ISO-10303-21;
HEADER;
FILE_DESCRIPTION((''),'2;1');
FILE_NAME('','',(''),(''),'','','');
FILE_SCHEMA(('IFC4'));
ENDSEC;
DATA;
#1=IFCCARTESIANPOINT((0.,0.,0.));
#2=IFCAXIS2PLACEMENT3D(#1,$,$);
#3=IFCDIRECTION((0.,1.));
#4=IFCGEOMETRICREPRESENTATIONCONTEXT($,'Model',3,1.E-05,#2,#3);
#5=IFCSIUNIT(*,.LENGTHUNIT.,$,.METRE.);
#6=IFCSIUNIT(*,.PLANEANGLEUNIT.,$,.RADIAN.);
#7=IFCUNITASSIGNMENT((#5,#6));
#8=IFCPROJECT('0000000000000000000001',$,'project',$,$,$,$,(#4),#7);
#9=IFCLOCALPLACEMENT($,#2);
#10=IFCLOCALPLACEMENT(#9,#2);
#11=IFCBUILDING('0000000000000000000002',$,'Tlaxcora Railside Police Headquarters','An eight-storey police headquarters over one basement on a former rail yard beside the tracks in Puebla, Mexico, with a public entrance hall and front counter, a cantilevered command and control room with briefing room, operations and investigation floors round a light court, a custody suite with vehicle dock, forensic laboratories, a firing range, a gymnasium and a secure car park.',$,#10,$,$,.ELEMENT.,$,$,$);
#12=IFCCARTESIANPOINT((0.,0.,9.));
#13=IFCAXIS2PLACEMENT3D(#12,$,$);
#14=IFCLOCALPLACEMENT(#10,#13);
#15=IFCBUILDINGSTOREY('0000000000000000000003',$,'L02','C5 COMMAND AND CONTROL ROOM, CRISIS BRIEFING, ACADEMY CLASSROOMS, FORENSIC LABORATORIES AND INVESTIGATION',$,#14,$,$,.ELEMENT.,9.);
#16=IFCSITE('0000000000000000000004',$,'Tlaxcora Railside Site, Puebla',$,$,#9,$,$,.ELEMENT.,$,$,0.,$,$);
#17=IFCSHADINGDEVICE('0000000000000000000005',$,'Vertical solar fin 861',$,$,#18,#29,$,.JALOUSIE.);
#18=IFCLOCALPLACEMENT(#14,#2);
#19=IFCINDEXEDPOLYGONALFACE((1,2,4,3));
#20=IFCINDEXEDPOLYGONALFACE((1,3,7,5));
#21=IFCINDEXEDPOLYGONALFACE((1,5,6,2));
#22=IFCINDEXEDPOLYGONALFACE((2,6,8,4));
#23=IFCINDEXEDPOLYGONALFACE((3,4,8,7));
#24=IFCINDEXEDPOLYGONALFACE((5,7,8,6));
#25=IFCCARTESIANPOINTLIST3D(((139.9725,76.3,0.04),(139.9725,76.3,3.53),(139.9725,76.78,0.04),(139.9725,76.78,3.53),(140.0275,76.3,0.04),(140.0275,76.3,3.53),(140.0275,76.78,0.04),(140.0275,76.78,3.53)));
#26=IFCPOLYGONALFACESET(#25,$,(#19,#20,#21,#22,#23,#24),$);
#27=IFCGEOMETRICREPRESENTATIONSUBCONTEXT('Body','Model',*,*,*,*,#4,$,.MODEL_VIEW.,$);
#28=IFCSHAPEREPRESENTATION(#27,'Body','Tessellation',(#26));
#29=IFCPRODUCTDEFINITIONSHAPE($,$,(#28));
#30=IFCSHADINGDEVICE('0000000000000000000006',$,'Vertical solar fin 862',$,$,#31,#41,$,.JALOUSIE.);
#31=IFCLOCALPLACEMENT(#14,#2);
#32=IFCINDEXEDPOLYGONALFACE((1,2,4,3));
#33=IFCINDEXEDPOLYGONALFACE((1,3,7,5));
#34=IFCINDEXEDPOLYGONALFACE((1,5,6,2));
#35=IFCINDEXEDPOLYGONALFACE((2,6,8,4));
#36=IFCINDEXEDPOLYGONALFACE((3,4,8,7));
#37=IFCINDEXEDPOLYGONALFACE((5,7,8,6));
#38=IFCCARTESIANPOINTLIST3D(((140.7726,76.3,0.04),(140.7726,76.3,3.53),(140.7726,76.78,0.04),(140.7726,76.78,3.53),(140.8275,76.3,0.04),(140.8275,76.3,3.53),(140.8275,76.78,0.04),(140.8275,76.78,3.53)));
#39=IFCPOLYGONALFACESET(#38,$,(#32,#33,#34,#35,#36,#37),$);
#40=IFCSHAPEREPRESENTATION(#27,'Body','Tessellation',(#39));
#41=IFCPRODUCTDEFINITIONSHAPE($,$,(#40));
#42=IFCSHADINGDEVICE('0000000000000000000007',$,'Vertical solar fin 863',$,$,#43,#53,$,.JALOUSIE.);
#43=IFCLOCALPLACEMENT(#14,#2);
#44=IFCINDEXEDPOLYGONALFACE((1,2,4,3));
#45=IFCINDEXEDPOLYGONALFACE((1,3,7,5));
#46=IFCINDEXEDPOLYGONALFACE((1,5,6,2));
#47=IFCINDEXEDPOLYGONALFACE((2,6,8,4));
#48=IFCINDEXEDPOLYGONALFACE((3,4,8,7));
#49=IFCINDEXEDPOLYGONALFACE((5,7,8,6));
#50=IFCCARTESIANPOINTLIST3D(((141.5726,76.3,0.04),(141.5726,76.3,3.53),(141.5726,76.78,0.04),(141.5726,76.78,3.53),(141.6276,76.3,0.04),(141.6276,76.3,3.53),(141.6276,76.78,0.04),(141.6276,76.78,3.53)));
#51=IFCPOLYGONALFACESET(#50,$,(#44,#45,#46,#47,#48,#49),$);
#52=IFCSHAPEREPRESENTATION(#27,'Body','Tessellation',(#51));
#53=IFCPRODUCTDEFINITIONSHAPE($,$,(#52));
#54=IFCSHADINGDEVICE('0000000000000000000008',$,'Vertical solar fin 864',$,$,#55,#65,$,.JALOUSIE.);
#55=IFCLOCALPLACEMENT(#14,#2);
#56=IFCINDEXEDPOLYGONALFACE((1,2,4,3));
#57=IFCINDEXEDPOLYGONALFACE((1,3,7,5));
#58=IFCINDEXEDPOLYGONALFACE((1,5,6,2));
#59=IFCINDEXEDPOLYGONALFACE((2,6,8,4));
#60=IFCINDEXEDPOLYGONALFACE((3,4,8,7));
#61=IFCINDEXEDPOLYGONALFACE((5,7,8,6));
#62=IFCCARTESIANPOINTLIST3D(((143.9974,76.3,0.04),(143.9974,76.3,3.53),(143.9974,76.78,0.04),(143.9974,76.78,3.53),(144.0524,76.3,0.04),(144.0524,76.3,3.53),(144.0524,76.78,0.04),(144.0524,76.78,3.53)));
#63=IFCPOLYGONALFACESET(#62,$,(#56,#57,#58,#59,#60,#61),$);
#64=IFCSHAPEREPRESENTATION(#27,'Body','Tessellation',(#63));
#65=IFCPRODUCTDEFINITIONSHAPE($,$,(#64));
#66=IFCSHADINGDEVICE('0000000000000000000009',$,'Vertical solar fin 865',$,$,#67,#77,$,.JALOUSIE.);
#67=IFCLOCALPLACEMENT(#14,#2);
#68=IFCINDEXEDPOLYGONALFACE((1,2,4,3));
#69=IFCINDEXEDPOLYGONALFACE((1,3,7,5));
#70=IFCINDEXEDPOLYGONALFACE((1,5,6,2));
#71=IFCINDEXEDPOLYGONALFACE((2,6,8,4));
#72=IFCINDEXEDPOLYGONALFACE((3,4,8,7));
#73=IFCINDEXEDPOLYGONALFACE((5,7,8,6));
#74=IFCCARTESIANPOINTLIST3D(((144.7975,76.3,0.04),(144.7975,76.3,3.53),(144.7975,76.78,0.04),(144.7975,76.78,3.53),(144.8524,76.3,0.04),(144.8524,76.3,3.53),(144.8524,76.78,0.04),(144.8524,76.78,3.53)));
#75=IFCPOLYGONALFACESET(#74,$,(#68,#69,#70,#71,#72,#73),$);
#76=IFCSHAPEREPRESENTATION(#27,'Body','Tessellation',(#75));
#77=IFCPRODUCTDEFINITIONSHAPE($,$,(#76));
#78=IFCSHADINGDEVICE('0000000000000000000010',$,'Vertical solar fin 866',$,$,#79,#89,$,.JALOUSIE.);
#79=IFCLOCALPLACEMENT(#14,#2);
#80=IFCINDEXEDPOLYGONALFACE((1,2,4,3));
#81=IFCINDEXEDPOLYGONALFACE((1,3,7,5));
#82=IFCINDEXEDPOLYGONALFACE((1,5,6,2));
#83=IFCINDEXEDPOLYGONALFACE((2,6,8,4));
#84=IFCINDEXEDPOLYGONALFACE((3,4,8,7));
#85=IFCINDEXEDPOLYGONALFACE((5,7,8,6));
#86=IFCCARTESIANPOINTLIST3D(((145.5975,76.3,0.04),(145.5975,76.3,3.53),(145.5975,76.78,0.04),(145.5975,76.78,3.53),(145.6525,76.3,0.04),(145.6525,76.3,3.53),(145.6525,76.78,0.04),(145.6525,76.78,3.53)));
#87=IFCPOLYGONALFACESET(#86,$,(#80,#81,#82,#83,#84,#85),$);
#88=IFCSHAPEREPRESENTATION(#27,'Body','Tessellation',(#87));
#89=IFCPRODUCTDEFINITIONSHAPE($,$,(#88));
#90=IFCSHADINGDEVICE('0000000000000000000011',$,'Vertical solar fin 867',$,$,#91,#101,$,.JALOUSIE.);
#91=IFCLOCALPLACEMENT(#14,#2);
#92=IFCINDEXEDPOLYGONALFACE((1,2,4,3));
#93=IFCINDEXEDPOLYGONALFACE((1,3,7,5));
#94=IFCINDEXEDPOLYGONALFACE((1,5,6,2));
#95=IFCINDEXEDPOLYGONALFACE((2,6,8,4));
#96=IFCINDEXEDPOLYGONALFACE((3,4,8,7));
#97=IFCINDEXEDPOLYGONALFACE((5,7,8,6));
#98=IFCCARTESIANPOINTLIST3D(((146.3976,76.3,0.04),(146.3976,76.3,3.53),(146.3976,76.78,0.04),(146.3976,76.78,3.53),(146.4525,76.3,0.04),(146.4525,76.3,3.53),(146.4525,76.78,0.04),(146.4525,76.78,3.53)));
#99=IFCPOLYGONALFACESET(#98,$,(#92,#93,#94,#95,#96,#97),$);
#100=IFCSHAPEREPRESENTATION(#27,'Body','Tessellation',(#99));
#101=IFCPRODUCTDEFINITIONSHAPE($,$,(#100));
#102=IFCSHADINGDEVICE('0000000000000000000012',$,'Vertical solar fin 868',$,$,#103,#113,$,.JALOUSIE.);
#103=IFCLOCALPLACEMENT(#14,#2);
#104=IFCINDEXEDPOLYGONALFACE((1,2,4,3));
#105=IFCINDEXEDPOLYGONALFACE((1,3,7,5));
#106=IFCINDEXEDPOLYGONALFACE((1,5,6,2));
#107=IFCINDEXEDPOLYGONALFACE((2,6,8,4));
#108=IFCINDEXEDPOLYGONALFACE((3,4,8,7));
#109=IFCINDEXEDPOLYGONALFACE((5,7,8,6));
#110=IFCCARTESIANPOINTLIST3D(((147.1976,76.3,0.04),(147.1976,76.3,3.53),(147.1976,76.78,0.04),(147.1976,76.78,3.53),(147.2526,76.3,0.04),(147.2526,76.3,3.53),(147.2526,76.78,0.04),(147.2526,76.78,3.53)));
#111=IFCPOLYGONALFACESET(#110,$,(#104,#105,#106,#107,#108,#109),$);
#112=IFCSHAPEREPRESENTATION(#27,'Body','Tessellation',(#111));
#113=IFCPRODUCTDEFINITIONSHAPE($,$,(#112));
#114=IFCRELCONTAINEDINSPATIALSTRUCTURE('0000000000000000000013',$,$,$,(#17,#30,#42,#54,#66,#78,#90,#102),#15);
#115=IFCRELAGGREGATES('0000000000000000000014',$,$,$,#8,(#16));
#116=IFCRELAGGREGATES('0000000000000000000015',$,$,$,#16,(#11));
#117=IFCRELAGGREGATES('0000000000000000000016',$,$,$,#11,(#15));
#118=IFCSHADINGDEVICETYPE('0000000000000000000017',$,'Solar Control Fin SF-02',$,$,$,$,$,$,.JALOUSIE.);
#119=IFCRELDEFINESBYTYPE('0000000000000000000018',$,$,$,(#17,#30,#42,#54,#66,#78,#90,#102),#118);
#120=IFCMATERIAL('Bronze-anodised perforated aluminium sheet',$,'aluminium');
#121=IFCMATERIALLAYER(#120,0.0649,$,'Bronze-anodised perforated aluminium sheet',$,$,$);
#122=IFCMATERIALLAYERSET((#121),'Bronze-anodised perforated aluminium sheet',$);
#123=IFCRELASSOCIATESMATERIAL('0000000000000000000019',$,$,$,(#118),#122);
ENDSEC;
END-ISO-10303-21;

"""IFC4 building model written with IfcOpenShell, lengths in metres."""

from ifc_helpers import new_model, si_unit, direction, frame, origin, origin_2d, place, context, subcontext, project, spatial, rectangle, extrude, material, layer, layer_set, type_object, element, save


model = new_model("IFC4")

# Units and contexts
model_context = context("Model", 3, precision=1e-05, world=origin(), true_north=direction((0.0, 1.0)))
body_context = subcontext(model_context, "Body", "Model", "MODEL_VIEW")
ifc_project = project(units=[si_unit("LENGTHUNIT", "METRE"), si_unit("PLANEANGLEUNIT", "RADIAN")], contexts=[model_context])

# Site, building, storey
site_placement = place(None, origin())
site = spatial("IfcSite", under=ifc_project, at=site_placement, Name="Tlaxcora Railside Site, Puebla", CompositionType="ELEMENT", RefElevation=0.0)
building_placement = place(site_placement, origin())
building = spatial("IfcBuilding", under=site, at=building_placement, Name="Tlaxcora Railside Police Headquarters", Description="An eight-storey police headquarters over one basement on a former rail yard beside the tracks in Puebla, Mexico, with a public entrance hall and front counter, a cantilevered command and control room with briefing room, operations and investigation floors round a light court, a custody suite with vehicle dock, forensic laboratories, a firing range, a gymnasium and a secure car park.", CompositionType="ELEMENT")
storey_placement = place(building_placement, frame((0.0, 0.0, 9.0)))
storey = spatial("IfcBuildingStorey", under=building, at=storey_placement, Name="L02", Description="C5 COMMAND AND CONTROL ROOM, CRISIS BRIEFING, ACADEMY CLASSROOMS, FORENSIC LABORATORIES AND INVESTIGATION", CompositionType="ELEMENT", Elevation=9.0)

# Shading devices
ifc_material_1 = material(Name="Bronze-anodised perforated aluminium sheet", Category="aluminium")
ifc_layer_1 = layer(ifc_material_1, 0.0649, Name="Bronze-anodised perforated aluminium sheet")
ifc_layer_set_1 = layer_set([ifc_layer_1], Name="Bronze-anodised perforated aluminium sheet")
shading_device_type = type_object("IfcShadingDeviceType", Name="Solar Control Fin SF-02", PredefinedType="JALOUSIE", material=ifc_layer_set_1)
for number, where, z_axis, x_axis, name in (
    (1, (140.0, 76.54, 0.04), (0.0, 0.0, 1.0), (0.0, -1.0, 0.0), "Vertical solar fin 861"),
    (2, (140.8, 76.54, 0.04), (0.0, 0.0, 1.0), (0.0, -1.0, 0.0), "Vertical solar fin 862"),
    (3, (141.6001, 76.54, 0.04), (0.0, 0.0, 1.0), (0.0, -1.0, 0.0), "Vertical solar fin 863"),
    (4, (144.0249, 76.54, 0.04), (0.0, 0.0, 1.0), (0.0, -1.0, 0.0), "Vertical solar fin 864"),
    (5, (144.825, 76.54, 0.04), (0.0, 0.0, 1.0), (0.0, -1.0, 0.0), "Vertical solar fin 865"),
    (6, (145.625, 76.54, 0.04), (0.0, 0.0, 1.0), (0.0, -1.0, 0.0), "Vertical solar fin 866"),
    (7, (146.425, 76.54, 0.04), (0.0, 0.0, 1.0), (0.0, -1.0, 0.0), "Vertical solar fin 867"),
    (8, (147.2251, 76.54, 0.04), (0.0, 0.0, 1.0), (0.0, -1.0, 0.0), "Vertical solar fin 868"),
):
    element("IfcShadingDevice", number, at=place(storey_placement, frame(where, z_axis=z_axis, x_axis=x_axis)), inside=storey, type_object=shading_device_type, Name=name, PredefinedType="JALOUSIE", context=body_context, shape_type="SweptSolid", body=[
        extrude(rectangle(XDim=0.48, YDim=0.0549, at=origin_2d()), origin(), (0.0, 0.0, 1.0), 3.49),
    ])

save(model, "model.ifc")
